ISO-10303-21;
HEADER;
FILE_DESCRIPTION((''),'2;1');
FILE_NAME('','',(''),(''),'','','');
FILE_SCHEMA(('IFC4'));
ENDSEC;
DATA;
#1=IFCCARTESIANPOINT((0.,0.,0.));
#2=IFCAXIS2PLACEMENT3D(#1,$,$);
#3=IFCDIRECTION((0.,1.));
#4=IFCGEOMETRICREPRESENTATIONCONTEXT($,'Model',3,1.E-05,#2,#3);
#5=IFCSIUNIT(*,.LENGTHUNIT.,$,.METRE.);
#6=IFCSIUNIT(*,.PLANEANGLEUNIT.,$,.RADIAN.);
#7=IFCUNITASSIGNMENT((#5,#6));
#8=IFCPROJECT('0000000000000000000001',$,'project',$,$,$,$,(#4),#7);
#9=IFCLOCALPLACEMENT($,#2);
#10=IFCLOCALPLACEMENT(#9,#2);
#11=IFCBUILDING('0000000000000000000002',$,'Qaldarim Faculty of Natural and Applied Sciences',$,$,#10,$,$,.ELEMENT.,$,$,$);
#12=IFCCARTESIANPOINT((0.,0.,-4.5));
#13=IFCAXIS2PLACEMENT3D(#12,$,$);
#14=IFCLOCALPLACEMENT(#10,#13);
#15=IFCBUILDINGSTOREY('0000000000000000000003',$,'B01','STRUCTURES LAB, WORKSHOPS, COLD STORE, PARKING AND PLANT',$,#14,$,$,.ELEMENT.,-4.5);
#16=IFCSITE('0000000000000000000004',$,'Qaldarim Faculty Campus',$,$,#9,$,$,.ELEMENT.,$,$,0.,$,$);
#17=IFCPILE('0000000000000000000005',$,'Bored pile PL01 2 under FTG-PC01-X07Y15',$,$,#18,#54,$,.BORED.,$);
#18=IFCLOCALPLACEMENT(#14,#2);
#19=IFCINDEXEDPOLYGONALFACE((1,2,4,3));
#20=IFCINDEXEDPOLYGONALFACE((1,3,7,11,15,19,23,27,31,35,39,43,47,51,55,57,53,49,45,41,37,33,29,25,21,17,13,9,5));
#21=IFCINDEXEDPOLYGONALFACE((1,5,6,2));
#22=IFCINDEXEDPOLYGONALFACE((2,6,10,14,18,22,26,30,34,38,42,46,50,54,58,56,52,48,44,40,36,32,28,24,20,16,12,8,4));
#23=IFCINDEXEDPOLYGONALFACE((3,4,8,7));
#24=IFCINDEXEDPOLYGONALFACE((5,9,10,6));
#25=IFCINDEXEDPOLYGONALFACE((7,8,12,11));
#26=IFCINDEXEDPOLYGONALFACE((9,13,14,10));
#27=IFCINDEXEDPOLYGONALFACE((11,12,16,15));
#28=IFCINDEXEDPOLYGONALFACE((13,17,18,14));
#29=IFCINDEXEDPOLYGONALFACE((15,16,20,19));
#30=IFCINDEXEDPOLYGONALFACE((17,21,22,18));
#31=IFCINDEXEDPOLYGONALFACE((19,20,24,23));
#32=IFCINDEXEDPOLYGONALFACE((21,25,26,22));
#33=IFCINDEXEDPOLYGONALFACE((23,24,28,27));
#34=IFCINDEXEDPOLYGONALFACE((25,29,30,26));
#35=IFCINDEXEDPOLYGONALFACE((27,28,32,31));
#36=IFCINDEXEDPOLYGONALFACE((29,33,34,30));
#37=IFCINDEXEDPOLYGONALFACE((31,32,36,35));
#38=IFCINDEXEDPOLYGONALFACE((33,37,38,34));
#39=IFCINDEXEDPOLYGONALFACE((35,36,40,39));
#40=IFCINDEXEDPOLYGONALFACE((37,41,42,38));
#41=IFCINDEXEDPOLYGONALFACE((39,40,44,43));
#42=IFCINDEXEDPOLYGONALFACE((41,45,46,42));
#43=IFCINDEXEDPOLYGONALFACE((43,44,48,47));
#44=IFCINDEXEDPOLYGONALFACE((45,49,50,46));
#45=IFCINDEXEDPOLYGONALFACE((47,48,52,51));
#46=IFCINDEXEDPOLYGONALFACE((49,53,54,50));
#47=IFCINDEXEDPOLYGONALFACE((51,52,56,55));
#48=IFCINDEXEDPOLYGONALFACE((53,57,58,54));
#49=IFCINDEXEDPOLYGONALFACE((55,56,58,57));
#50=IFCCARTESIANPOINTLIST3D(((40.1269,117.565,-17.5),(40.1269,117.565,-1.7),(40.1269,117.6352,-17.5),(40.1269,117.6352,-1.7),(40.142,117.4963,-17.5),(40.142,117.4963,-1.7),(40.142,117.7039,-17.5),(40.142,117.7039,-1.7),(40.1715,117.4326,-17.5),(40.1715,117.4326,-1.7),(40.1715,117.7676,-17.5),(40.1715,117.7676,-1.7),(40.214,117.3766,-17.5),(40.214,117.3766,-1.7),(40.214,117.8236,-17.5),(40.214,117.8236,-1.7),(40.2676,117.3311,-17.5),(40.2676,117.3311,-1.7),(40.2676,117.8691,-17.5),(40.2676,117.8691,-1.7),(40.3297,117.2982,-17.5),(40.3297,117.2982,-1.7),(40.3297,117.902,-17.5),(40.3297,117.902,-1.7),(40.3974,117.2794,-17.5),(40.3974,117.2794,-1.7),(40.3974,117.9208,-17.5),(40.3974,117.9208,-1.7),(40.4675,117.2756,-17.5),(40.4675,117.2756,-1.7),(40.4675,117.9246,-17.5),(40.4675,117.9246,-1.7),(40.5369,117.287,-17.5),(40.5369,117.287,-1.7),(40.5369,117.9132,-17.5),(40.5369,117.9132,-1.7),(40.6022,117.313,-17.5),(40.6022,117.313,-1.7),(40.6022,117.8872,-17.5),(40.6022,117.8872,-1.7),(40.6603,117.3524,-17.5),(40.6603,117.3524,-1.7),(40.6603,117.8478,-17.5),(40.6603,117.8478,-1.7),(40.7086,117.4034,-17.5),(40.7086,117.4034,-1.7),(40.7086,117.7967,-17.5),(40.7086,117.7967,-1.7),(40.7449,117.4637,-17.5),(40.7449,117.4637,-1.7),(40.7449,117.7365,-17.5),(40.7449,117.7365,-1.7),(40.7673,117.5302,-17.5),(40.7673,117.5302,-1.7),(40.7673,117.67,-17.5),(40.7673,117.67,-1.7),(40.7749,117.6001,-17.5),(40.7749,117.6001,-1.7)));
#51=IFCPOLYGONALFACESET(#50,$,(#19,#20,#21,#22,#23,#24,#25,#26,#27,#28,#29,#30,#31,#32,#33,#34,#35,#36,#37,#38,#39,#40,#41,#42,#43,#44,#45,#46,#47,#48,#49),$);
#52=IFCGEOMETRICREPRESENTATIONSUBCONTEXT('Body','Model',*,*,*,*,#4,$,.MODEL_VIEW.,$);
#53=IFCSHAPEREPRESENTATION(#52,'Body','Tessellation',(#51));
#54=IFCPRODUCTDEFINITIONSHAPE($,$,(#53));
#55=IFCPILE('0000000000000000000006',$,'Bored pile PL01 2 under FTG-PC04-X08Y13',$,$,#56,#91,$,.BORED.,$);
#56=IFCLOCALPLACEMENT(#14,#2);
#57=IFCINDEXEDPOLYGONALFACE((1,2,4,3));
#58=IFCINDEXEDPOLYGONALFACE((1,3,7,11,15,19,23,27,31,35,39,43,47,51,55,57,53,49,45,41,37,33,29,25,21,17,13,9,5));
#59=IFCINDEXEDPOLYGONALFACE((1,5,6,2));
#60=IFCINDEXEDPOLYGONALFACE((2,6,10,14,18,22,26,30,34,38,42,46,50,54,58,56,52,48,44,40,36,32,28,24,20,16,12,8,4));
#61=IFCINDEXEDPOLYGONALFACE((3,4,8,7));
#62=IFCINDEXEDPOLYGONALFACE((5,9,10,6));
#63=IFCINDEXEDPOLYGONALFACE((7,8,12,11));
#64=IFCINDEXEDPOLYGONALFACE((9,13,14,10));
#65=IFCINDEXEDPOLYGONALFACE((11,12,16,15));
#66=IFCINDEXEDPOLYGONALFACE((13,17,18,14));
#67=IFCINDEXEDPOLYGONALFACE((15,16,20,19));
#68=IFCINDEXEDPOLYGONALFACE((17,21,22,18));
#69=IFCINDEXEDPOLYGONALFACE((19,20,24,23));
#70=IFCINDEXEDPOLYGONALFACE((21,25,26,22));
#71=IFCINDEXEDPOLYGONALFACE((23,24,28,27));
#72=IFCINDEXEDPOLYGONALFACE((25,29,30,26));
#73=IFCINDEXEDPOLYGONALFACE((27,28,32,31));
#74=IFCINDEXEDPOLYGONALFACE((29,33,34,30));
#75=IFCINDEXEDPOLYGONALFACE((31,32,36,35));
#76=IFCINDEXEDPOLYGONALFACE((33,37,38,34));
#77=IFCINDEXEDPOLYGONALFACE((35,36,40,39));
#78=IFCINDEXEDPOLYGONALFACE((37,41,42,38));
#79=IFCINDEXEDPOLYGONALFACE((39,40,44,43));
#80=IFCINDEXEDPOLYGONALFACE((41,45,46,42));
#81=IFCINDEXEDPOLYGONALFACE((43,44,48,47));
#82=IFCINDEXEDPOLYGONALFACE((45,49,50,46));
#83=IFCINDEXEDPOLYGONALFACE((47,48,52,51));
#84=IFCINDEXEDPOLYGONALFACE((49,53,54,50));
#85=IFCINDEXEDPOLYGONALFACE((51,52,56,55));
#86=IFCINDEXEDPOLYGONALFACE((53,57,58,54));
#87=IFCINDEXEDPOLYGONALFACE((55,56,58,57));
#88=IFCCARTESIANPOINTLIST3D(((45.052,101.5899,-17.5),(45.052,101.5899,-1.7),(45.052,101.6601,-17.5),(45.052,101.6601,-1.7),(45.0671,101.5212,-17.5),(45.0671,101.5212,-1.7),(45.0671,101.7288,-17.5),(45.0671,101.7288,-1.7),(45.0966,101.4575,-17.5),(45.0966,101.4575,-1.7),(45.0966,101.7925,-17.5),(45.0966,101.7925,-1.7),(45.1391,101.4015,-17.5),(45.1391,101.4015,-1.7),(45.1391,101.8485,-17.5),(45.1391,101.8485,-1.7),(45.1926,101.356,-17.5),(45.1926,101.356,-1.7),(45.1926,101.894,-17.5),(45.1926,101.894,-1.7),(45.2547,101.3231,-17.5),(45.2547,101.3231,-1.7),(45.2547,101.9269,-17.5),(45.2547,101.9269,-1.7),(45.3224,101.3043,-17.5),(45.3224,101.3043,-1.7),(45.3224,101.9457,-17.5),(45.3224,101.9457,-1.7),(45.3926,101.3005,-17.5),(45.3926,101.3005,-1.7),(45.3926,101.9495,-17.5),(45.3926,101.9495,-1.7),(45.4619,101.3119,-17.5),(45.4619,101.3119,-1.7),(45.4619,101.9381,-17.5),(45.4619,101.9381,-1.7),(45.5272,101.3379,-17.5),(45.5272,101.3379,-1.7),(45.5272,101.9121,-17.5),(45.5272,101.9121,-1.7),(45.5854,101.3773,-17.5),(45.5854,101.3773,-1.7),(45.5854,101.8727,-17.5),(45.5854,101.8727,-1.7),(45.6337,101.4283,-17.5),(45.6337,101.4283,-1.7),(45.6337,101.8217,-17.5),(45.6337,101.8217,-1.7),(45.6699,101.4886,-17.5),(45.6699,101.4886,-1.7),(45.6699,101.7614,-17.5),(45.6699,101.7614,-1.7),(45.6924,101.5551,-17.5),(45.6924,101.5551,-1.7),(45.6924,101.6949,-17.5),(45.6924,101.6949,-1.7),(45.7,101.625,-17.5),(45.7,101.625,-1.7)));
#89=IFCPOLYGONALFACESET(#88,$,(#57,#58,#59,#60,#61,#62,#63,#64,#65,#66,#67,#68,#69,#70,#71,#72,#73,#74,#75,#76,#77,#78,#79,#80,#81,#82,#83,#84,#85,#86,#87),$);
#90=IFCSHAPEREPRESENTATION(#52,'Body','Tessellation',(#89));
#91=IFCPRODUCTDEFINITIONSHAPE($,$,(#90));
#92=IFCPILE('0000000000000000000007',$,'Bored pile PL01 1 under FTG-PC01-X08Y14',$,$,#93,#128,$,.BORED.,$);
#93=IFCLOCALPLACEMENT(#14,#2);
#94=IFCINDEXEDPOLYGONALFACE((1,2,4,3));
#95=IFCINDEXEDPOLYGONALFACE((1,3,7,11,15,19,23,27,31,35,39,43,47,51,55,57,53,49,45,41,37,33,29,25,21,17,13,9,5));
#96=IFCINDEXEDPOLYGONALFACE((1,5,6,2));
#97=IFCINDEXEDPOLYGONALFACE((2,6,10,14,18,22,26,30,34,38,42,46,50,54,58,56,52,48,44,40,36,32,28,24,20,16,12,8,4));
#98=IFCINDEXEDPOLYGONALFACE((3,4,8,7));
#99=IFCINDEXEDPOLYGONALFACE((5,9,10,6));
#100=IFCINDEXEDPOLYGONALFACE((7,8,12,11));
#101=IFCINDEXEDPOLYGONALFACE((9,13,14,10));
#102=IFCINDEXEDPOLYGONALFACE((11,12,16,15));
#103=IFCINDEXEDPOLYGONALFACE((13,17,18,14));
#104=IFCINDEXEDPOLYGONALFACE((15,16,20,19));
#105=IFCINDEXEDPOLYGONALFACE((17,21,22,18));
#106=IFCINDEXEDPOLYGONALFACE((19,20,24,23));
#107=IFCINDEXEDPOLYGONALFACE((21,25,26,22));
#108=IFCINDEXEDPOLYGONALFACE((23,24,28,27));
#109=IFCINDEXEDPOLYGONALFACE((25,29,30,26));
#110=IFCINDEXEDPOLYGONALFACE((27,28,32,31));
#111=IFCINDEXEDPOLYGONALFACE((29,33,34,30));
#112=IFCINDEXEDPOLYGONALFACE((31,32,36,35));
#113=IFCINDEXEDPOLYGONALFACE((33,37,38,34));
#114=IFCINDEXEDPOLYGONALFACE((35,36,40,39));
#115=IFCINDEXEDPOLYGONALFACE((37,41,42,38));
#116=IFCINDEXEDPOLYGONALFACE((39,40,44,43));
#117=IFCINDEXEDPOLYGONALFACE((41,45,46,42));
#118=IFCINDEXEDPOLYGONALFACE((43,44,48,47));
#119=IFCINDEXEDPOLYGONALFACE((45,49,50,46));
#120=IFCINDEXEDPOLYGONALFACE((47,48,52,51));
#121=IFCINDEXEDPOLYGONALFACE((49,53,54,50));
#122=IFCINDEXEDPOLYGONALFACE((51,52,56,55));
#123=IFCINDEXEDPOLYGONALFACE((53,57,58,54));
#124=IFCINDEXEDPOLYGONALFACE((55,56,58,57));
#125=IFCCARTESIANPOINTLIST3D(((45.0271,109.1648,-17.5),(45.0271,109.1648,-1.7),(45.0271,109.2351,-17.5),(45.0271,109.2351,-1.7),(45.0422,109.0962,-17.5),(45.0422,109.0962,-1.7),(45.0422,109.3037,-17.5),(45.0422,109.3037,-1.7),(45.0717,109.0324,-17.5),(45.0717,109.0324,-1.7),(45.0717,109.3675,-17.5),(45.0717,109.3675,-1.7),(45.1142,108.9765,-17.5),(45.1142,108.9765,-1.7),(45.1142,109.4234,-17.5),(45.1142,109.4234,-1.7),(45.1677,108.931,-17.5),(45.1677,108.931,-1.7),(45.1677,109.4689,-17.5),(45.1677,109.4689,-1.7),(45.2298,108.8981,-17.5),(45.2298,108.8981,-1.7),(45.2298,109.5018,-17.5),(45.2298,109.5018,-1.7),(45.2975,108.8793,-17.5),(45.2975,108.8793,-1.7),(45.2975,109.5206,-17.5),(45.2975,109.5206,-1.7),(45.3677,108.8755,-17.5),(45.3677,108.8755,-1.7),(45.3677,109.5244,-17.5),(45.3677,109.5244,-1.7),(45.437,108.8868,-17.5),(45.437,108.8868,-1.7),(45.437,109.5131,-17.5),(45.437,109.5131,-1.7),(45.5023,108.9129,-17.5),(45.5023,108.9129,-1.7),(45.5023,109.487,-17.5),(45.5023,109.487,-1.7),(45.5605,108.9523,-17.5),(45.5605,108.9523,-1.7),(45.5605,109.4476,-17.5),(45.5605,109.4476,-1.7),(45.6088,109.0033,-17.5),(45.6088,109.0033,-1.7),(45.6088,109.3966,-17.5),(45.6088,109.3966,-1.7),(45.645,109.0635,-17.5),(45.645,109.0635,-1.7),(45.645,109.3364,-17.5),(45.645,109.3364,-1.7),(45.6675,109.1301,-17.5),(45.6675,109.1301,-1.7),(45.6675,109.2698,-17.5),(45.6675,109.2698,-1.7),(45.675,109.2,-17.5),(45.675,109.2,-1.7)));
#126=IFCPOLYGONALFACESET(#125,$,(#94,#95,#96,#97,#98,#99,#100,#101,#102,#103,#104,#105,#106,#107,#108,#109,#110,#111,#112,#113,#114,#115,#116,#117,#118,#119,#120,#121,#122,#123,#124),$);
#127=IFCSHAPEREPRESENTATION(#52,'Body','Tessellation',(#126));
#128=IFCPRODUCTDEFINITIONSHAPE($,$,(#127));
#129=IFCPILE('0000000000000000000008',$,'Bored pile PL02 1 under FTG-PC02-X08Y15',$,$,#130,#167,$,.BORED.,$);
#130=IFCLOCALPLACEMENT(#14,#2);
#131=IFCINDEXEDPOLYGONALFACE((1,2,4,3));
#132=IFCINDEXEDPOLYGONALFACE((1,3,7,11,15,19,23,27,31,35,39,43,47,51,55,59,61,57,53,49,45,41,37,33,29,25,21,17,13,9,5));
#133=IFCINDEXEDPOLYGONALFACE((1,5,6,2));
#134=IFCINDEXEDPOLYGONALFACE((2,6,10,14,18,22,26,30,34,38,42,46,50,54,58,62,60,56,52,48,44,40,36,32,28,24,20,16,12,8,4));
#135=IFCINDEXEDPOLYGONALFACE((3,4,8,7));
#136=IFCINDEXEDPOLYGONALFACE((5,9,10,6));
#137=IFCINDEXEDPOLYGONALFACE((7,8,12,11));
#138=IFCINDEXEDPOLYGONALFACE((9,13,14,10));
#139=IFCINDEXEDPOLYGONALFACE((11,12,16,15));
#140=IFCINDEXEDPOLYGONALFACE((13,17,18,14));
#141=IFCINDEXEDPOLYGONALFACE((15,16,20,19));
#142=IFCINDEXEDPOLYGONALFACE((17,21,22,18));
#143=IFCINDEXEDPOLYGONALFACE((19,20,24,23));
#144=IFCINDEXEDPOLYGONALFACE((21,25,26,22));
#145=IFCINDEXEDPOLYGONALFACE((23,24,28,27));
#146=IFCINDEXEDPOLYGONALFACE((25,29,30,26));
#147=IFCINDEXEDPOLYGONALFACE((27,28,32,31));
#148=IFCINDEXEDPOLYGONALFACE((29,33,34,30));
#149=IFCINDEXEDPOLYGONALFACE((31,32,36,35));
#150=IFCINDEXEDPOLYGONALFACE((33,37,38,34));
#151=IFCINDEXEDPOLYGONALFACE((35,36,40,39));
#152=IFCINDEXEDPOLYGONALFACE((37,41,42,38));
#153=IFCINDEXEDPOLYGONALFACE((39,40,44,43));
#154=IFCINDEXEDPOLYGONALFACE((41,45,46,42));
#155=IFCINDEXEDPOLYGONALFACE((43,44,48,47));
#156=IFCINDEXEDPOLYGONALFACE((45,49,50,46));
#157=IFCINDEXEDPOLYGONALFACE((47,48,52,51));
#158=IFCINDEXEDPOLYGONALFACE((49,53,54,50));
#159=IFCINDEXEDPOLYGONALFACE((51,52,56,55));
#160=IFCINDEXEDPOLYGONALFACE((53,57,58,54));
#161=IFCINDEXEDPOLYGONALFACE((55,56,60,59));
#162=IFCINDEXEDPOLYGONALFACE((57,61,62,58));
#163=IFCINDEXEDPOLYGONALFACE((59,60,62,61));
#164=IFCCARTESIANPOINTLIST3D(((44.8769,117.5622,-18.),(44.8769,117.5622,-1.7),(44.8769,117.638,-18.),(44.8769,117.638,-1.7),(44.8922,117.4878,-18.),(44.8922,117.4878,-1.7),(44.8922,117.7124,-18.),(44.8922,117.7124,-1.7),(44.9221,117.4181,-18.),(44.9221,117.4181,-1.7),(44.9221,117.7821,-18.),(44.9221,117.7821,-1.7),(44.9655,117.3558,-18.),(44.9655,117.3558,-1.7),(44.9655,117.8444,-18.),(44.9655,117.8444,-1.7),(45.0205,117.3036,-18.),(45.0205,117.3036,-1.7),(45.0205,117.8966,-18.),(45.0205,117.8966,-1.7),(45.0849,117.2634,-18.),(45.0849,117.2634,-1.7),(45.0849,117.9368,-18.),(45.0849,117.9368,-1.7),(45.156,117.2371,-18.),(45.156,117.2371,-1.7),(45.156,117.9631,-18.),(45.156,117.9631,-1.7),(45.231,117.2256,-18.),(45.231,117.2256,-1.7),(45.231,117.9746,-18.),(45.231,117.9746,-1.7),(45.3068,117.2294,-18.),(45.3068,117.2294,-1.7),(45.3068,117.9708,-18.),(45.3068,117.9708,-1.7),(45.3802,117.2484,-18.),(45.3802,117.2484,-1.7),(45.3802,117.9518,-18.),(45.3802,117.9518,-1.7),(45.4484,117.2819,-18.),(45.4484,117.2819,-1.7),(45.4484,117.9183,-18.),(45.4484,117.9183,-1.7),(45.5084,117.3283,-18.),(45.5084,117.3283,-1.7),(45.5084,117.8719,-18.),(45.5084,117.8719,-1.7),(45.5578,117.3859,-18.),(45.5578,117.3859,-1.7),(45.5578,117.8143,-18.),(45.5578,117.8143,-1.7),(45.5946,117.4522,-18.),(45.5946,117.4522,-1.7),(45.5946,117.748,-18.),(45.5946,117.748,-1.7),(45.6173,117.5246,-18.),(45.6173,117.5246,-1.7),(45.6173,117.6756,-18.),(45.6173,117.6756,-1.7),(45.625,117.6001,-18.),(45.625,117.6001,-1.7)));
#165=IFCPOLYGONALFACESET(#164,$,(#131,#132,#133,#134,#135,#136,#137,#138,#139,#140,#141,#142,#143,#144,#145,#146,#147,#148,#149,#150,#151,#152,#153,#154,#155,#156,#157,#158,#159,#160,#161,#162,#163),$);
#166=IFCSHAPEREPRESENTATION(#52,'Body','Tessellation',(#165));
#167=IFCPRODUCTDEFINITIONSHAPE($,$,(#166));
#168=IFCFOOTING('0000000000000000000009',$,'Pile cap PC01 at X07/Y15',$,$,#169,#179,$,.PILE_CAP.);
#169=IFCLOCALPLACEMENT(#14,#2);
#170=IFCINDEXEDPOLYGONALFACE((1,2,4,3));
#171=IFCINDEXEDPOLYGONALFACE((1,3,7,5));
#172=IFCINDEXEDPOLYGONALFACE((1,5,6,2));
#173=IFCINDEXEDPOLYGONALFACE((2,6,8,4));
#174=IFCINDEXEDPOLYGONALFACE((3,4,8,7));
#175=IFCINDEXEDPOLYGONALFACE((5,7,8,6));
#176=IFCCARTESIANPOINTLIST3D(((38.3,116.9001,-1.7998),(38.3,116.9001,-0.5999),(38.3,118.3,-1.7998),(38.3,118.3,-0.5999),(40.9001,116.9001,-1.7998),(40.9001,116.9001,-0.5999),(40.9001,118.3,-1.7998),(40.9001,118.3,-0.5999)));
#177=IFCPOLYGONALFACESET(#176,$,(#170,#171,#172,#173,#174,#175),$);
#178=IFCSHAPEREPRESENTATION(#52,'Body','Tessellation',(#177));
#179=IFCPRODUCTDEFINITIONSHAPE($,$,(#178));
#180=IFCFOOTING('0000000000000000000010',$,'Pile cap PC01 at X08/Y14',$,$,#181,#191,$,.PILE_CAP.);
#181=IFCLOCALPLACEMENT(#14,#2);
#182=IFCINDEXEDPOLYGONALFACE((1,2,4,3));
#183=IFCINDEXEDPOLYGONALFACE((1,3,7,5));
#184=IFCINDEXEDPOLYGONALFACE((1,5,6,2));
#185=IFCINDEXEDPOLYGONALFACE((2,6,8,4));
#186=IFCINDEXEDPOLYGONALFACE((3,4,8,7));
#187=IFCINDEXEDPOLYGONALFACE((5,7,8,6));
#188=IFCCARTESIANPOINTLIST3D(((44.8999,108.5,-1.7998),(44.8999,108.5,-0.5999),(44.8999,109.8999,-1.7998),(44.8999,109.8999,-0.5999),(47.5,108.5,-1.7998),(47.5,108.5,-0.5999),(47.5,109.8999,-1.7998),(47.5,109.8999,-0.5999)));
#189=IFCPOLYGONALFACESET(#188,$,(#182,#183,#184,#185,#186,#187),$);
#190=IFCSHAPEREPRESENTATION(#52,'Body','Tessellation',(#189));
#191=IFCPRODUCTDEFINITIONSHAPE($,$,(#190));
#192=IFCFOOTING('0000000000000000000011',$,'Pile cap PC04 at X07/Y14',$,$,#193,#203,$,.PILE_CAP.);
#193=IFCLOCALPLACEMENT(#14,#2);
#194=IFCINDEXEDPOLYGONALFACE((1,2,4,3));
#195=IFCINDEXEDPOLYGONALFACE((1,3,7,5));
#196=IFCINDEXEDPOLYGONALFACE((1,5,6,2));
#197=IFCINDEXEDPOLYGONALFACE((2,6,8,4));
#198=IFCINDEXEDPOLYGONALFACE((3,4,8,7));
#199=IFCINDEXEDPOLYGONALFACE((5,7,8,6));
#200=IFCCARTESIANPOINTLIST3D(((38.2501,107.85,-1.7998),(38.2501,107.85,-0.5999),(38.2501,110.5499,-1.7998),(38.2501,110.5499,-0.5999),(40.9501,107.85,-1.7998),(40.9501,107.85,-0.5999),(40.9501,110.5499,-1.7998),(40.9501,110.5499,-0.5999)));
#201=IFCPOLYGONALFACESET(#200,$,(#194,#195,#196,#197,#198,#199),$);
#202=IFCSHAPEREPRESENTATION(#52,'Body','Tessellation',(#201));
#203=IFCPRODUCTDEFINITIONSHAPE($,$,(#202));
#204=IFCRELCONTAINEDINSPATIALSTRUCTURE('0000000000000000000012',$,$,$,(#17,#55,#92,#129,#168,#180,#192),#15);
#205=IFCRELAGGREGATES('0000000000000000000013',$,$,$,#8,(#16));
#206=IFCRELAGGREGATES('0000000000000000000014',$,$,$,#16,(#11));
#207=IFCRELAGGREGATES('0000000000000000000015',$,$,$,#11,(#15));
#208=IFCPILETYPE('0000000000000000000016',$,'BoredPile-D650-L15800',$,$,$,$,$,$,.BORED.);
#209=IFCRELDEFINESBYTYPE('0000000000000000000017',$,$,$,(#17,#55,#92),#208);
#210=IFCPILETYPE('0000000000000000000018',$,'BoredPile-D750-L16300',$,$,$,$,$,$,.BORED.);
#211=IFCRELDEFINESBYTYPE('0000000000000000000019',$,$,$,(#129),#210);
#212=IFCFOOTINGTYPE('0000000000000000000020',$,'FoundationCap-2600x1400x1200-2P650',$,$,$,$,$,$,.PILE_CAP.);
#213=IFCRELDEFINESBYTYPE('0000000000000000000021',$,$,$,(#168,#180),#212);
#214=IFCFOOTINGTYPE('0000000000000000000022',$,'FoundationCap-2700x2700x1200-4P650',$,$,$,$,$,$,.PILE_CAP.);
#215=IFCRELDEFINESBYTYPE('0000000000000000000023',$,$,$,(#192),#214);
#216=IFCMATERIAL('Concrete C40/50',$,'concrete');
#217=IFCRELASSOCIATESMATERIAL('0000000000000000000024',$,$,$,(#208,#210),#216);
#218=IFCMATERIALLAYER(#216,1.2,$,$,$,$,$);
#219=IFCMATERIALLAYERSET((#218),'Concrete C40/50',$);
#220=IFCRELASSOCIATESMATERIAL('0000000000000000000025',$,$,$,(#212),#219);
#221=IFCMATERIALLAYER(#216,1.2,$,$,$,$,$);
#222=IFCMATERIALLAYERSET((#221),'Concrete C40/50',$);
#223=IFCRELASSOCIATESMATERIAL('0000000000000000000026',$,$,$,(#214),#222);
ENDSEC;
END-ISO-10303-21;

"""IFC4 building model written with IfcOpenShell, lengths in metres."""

from ifc_helpers import new_model, si_unit, direction, frame, origin, origin_2d, place, context, subcontext, project, spatial, rectangle, circle, extrude, material, layer, layer_set, material_profile, profile_set, type_object, element, save


model = new_model("IFC4")

# Units and contexts
model_context = context("Model", 3, precision=1e-05, world=origin(), true_north=direction((0.0, 1.0)))
body_context = subcontext(model_context, "Body", "Model", "MODEL_VIEW")
ifc_project = project(units=[si_unit("LENGTHUNIT", "METRE"), si_unit("PLANEANGLEUNIT", "RADIAN")], contexts=[model_context])

# Site, building, storey
site_placement = place(None, origin())
site = spatial("IfcSite", under=ifc_project, at=site_placement, Name="Qaldarim Faculty Campus", CompositionType="ELEMENT", RefElevation=0.0)
building_placement = place(site_placement, origin())
building = spatial("IfcBuilding", under=site, at=building_placement, Name="Qaldarim Faculty of Natural and Applied Sciences", CompositionType="ELEMENT")
storey_placement = place(building_placement, frame((0.0, 0.0, -4.5)))
storey = spatial("IfcBuildingStorey", under=building, at=storey_placement, Name="B01", Description="STRUCTURES LAB, WORKSHOPS, COLD STORE, PARKING AND PLANT", CompositionType="ELEMENT", Elevation=-4.5)

# Piles
ifc_material_1 = material(Name="Concrete C40/50", Category="concrete")
ifc_material_profile_1 = material_profile(ifc_material_1, circle(Radius=0.325, at=origin_2d()), Name="PILE-D650")
ifc_profile_set_1 = profile_set([ifc_material_profile_1], Name="Concrete C40/50")
pile_type_1 = type_object("IfcPileType", Name="BoredPile-D650-L15800", PredefinedType="BORED", material=ifc_profile_set_1)
for number, where, z_axis, x_axis, name in (
    (1, (40.45, 117.6001, -1.7), (0.0, 0.0, -1.0), (1.0, 0.0, 0.0), "Bored pile PL01 2 under FTG-PC01-X07Y15"),
    (2, (45.375, 101.625, -1.7), (0.0, 0.0, -1.0), (1.0, 0.0, 0.0), "Bored pile PL01 2 under FTG-PC04-X08Y13"),
    (3, (45.3501, 109.2, -1.7), (0.0, 0.0, -1.0), (1.0, 0.0, 0.0), "Bored pile PL01 1 under FTG-PC01-X08Y14"),
):
    element("IfcPile", number, at=place(storey_placement, frame(where, z_axis=z_axis, x_axis=x_axis)), inside=storey, type_object=pile_type_1, Name=name, PredefinedType="BORED", context=body_context, shape_type="SweptSolid", body=[
        extrude(circle(Radius=0.325, at=origin_2d()), origin(), (0.0, 0.0, 1.0), 15.8),
    ])
ifc_material_profile_2 = material_profile(ifc_material_1, circle(Radius=0.375, at=origin_2d()), Name="PILE-D750")
ifc_profile_set_2 = profile_set([ifc_material_profile_2], Name="Concrete C40/50")
pile_type_2 = type_object("IfcPileType", Name="BoredPile-D750-L16300", PredefinedType="BORED", material=ifc_profile_set_2)
pile_placement = place(storey_placement, frame((45.25, 117.6001, -1.7), z_axis=(0.0, 0.0, -1.0), x_axis=(1.0, 0.0, 0.0)))
element("IfcPile", 4, at=pile_placement, inside=storey, type_object=pile_type_2, Name="Bored pile PL02 1 under FTG-PC02-X08Y15", PredefinedType="BORED", context=body_context, shape_type="SweptSolid", body=[
    extrude(circle(Radius=0.375, at=origin_2d()), origin(), (0.0, 0.0, 1.0), 16.3),
])

# Footings
ifc_layer_1 = layer(ifc_material_1, 1.2)
ifc_layer_set_1 = layer_set([ifc_layer_1], Name="Concrete C40/50")
footing_type_1 = type_object("IfcFootingType", Name="FoundationCap-2600x1400x1200-2P650", PredefinedType="PILE_CAP", material=ifc_layer_set_1)
for number, where, z_axis, x_axis, name in (
    (5, (39.6001, 117.6001, -1.7998), (0.0, 0.0, 1.0), (1.0, 0.0, 0.0), "Pile cap PC01 at X07/Y15"),
    (6, (46.2, 109.2, -1.7998), (0.0, 0.0, 1.0), (1.0, 0.0, 0.0), "Pile cap PC01 at X08/Y14"),
):
    element("IfcFooting", number, at=place(storey_placement, frame(where, z_axis=z_axis, x_axis=x_axis)), inside=storey, type_object=footing_type_1, Name=name, PredefinedType="PILE_CAP", context=body_context, shape_type="SweptSolid", body=[
        extrude(rectangle(XDim=2.6001, YDim=1.3999, at=origin_2d()), origin(), (0.0, 0.0, 1.0), 1.2),
    ])
ifc_layer_2 = layer(ifc_material_1, 1.2)
ifc_layer_set_2 = layer_set([ifc_layer_2], Name="Concrete C40/50")
footing_type_2 = type_object("IfcFootingType", Name="FoundationCap-2700x2700x1200-4P650", PredefinedType="PILE_CAP", material=ifc_layer_set_2)
footing_1_placement = place(storey_placement, frame((39.6001, 109.2, -1.7998), z_axis=(0.0, 0.0, 1.0), x_axis=(1.0, 0.0, 0.0)))
element("IfcFooting", 7, at=footing_1_placement, inside=storey, type_object=footing_type_2, Name="Pile cap PC04 at X07/Y14", PredefinedType="PILE_CAP", context=body_context, shape_type="SweptSolid", body=[
    extrude(rectangle(XDim=2.7, YDim=2.7, at=origin_2d()), origin(), (0.0, 0.0, 1.0), 1.2),
])

save(model, "model.ifc")
